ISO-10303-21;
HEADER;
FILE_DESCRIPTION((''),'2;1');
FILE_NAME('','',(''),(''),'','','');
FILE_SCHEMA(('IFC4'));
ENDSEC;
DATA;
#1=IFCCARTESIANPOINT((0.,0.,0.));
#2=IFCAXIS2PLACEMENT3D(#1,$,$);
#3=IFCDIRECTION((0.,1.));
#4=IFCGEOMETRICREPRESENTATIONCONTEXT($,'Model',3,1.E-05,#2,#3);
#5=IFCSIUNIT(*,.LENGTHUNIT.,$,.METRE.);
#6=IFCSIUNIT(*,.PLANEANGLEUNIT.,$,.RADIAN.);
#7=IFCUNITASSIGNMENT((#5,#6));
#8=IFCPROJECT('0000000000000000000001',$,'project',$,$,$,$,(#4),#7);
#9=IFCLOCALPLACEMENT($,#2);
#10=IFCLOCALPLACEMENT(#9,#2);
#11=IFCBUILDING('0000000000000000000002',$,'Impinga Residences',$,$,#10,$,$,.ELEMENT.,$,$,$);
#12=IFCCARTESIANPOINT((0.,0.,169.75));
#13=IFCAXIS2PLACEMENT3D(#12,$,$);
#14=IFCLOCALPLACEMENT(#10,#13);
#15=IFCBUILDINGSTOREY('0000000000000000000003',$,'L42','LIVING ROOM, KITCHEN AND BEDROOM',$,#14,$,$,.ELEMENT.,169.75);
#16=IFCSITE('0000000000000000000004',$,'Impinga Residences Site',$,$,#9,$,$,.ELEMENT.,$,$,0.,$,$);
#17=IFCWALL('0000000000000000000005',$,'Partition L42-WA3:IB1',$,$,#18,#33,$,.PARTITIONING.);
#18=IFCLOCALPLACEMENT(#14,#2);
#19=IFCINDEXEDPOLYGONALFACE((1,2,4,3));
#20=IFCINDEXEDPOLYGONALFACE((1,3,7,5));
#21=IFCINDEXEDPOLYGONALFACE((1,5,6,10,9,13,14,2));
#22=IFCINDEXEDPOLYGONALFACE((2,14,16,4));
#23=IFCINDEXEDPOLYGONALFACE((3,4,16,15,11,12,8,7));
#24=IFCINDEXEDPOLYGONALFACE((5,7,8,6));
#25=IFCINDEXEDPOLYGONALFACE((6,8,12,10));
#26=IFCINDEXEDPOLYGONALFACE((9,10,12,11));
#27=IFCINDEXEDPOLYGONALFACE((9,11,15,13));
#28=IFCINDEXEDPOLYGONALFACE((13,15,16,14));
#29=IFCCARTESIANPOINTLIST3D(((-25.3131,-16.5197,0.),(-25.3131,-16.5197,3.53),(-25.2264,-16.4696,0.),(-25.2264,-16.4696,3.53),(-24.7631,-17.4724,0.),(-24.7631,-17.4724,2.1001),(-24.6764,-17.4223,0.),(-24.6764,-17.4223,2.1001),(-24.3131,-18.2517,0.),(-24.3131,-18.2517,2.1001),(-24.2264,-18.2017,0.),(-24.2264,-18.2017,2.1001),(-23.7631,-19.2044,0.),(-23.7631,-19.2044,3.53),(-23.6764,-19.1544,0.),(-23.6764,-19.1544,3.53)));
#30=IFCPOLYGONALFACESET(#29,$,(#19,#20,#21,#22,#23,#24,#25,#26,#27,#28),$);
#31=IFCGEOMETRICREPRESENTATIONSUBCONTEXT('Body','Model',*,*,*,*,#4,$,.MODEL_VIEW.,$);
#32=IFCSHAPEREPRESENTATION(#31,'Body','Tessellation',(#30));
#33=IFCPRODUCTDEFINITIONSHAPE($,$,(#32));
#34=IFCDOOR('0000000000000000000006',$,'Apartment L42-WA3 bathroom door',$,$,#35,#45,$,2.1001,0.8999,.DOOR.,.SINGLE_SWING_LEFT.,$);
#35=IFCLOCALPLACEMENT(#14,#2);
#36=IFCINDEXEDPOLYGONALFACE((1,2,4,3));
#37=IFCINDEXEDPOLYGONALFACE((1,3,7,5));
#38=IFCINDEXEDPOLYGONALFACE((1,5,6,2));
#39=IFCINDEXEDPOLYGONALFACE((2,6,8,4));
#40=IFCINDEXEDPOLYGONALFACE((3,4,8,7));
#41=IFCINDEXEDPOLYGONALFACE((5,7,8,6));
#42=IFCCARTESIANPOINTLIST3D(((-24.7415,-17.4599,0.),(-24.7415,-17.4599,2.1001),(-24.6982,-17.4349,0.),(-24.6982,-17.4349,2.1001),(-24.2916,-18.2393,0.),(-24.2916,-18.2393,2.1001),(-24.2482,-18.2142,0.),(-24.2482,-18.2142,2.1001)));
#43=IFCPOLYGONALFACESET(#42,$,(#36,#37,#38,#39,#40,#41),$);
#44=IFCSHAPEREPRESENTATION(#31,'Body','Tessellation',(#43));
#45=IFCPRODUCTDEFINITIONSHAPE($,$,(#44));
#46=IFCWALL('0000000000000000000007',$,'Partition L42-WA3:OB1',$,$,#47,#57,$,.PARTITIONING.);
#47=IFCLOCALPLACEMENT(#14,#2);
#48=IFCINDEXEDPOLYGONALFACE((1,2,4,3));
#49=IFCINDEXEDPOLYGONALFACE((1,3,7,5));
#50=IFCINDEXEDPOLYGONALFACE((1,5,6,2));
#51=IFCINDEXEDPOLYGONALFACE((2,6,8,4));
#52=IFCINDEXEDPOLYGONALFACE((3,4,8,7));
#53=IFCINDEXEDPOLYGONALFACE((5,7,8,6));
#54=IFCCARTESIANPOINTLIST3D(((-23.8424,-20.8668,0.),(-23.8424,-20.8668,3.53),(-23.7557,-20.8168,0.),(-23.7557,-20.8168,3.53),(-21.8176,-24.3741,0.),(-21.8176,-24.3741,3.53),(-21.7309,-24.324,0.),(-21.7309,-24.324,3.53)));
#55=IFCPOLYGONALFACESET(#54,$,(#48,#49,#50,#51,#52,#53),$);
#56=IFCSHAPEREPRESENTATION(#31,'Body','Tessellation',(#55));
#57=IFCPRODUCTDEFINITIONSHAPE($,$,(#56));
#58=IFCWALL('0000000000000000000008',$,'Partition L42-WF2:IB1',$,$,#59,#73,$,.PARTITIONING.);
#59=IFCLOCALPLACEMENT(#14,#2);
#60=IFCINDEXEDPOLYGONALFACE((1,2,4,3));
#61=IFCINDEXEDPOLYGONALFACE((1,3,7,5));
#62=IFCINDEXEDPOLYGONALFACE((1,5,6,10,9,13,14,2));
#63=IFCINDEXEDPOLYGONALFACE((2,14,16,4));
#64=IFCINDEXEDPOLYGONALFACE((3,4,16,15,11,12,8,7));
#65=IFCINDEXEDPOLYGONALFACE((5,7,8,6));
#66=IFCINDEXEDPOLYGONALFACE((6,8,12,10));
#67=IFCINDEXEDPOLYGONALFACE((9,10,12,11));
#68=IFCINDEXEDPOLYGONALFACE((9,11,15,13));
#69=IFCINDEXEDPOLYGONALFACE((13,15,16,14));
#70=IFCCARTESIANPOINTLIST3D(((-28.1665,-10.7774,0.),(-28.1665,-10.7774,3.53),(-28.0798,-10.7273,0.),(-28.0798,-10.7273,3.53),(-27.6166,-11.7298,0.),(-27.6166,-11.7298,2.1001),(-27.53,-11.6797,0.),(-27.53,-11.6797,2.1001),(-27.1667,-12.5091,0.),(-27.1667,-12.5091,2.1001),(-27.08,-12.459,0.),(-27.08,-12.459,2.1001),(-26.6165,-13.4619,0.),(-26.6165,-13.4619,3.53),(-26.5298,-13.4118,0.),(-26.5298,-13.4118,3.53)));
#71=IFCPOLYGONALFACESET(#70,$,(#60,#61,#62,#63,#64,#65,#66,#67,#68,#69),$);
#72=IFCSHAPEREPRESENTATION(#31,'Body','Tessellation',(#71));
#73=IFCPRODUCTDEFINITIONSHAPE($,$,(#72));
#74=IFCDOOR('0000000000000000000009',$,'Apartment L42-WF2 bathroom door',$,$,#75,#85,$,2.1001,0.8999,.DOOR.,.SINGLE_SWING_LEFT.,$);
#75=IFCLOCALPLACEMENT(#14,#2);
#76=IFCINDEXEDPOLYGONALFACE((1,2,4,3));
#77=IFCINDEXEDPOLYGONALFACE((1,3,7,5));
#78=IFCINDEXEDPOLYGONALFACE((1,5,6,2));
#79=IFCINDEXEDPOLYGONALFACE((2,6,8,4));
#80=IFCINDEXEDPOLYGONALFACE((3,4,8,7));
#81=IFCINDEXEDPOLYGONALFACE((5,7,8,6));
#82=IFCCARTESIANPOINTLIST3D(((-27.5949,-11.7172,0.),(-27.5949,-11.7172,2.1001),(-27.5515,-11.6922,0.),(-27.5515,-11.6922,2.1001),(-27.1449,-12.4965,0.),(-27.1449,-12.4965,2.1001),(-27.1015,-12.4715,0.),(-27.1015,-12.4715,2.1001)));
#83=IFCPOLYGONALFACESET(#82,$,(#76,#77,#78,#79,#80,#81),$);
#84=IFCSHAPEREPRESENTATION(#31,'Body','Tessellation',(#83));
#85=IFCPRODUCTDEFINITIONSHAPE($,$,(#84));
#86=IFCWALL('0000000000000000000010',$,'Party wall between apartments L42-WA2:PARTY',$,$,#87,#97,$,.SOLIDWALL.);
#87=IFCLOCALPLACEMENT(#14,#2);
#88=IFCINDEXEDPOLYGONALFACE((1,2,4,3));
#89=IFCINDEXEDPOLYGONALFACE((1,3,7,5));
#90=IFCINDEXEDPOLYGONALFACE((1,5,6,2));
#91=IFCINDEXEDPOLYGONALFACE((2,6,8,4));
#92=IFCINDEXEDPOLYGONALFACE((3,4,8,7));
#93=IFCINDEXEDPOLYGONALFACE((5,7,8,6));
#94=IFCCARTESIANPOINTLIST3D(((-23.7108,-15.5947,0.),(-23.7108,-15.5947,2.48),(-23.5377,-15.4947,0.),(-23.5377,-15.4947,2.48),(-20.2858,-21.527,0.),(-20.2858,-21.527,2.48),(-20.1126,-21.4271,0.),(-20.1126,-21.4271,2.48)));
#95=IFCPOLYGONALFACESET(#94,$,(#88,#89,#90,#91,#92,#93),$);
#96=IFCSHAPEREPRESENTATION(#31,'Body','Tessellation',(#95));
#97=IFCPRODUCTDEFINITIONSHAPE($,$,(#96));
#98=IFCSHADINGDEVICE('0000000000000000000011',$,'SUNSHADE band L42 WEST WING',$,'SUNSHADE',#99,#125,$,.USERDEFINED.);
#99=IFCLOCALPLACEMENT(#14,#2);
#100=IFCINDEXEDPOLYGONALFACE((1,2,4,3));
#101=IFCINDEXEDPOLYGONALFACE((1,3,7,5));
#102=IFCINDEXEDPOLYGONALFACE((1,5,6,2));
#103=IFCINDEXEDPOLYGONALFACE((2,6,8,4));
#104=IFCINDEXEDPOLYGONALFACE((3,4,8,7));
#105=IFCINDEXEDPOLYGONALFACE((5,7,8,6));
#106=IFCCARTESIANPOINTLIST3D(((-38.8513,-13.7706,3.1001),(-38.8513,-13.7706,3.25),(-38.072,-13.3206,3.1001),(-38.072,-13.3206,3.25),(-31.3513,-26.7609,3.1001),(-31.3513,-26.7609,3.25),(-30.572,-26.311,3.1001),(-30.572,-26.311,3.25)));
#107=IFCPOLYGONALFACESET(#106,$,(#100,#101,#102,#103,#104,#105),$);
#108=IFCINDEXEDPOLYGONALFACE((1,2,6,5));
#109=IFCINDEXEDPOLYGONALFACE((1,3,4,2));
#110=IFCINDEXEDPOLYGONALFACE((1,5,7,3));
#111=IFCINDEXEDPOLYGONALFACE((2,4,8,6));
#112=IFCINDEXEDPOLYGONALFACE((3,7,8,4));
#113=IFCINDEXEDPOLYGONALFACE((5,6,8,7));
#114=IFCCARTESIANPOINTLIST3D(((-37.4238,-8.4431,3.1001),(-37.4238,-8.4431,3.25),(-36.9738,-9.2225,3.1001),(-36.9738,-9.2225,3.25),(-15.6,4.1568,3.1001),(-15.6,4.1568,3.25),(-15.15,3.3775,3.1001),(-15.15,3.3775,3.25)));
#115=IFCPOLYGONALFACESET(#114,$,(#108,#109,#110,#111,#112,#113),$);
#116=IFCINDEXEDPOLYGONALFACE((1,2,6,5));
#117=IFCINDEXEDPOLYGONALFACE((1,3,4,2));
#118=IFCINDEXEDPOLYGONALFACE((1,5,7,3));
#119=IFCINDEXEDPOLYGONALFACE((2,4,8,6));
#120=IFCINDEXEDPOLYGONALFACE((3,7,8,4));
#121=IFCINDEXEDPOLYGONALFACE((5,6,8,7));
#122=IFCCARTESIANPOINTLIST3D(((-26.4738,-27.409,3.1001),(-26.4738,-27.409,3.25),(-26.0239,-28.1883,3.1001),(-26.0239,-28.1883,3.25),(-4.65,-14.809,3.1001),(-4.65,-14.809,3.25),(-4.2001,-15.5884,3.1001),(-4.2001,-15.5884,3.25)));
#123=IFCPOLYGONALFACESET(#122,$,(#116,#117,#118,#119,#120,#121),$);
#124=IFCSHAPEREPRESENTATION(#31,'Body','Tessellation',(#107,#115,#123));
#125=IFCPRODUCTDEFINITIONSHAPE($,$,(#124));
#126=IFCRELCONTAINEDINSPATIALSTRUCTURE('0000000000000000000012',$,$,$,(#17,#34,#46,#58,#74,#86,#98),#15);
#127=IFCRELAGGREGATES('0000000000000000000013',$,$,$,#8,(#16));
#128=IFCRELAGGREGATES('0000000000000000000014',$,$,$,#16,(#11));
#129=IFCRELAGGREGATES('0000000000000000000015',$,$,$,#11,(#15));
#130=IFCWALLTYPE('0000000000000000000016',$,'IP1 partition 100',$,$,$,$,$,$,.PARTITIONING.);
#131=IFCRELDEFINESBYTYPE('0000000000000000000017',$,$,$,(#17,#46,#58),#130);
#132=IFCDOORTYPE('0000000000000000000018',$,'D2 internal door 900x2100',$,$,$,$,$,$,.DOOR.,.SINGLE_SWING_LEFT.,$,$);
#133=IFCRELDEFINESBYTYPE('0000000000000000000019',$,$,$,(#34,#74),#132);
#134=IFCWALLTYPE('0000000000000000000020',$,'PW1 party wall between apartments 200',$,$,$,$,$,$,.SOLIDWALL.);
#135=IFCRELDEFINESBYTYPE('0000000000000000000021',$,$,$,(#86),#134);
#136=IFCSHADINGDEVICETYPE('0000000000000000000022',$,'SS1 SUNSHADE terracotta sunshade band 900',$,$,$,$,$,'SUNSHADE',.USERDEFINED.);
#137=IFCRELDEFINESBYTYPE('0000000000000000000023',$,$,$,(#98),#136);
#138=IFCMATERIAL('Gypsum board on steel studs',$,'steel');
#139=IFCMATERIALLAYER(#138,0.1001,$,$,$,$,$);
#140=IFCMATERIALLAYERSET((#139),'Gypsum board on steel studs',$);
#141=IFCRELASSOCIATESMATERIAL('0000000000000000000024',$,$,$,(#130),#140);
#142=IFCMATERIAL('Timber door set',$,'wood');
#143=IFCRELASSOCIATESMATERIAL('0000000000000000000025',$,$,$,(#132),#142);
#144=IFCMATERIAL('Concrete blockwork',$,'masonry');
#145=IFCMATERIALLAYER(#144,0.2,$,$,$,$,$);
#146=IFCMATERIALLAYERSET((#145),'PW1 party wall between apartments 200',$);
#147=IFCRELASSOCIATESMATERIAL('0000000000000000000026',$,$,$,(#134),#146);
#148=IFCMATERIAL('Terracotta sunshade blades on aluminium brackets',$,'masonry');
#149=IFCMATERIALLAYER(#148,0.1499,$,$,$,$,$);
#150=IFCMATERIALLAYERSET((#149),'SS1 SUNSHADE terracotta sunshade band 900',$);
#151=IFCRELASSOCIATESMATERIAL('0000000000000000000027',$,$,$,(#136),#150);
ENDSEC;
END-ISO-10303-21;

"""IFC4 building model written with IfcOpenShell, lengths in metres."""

from ifc_helpers import new_model, si_unit, direction, frame, frame_2d, origin, origin_2d, place, context, subcontext, project, spatial, rectangle, extrude, material, layer, layer_set, type_object, element, fill, save


model = new_model("IFC4")

# Units and contexts
model_context = context("Model", 3, precision=1e-05, world=origin(), true_north=direction((0.0, 1.0)))
body_context = subcontext(model_context, "Body", "Model", "MODEL_VIEW")
ifc_project = project(units=[si_unit("LENGTHUNIT", "METRE"), si_unit("PLANEANGLEUNIT", "RADIAN")], contexts=[model_context])

# Site, building, storey
site_placement = place(None, origin())
site = spatial("IfcSite", under=ifc_project, at=site_placement, Name="Impinga Residences Site", CompositionType="ELEMENT", RefElevation=0.0)
building_placement = place(site_placement, origin())
building = spatial("IfcBuilding", under=site, at=building_placement, Name="Impinga Residences", CompositionType="ELEMENT")
storey_placement = place(building_placement, frame((0.0, 0.0, 169.75)))
storey = spatial("IfcBuildingStorey", under=building, at=storey_placement, Name="L42", Description="LIVING ROOM, KITCHEN AND BEDROOM", CompositionType="ELEMENT", Elevation=169.75)

# Shared definitions
ifc_material_1 = material(Name="Gypsum board on steel studs", Category="steel")
ifc_layer_1 = layer(ifc_material_1, 0.1001)
ifc_layer_set_1 = layer_set([ifc_layer_1], Name="Gypsum board on steel studs")
wall_type_1 = type_object("IfcWallType", Name="IP1 partition 100", PredefinedType="PARTITIONING", material=ifc_layer_set_1)

# Wall, opening, door
wall_1_placement = place(storey_placement, frame((-25.2698, -16.4946, 0.0), z_axis=(0.0, 0.0, 1.0), x_axis=(0.499993, -0.86603, 0.0)))
wall_1 = element("IfcWall", 1, at=wall_1_placement, inside=storey, type_object=wall_type_1, Name="Partition L42-WA3:IB1", PredefinedType="PARTITIONING", context=body_context, shape_type="SweptSolid", body=[
    extrude(rectangle(XDim=3.1001, YDim=0.1001, at=frame_2d((1.55, 0.0))), origin(), (0.0, 0.0, 1.0), 3.53),
])
opening_1_placement = place(wall_1_placement, frame((1.1001, 0.0, 0.0)))
opening_1 = element("IfcOpeningElement", 2, at=opening_1_placement, cuts=wall_1, PredefinedType="OPENING", context=body_context, shape_type="SweptSolid", body=[
    extrude(rectangle(XDim=0.8999, YDim=2.1001, at=frame_2d((0.45, 1.05))), frame((0.0, 0.0601, 0.0), z_axis=(0.0, -1.0, 0.0), x_axis=(1.0, 0.0, 0.0)), (0.0, 0.0, 1.0), 0.1201),
])
ifc_material_2 = material(Name="Timber door set", Category="wood")
door_type = type_object("IfcDoorType", Name="D2 internal door 900x2100", OperationType="SINGLE_SWING_LEFT", PredefinedType="DOOR", material=ifc_material_2)
door_1_placement = place(opening_1_placement, origin())
door_1 = element("IfcDoor", 3, at=door_1_placement, inside=storey, type_object=door_type, Name="Apartment L42-WA3 bathroom door", OperationType="SINGLE_SWING_LEFT", OverallHeight=2.1001, OverallWidth=0.8999, PredefinedType="DOOR", context=body_context, shape_type="SweptSolid", body=[
    extrude(rectangle(XDim=0.8999, YDim=2.1001, at=frame_2d((0.45, 1.05))), frame((0.0, 0.0249, 0.0), z_axis=(0.0, -1.0, 0.0), x_axis=(1.0, 0.0, 0.0)), (0.0, 0.0, 1.0), 0.05),
])
fill(opening_1, door_1)

# Wall
wall_2_placement = place(storey_placement, frame((-23.7991, -20.8418, 0.0), z_axis=(0.0, 0.0, 1.0), x_axis=(0.49999, -0.866031, 0.0)))
element("IfcWall", 4, at=wall_2_placement, inside=storey, type_object=wall_type_1, Name="Partition L42-WA3:OB1", PredefinedType="PARTITIONING", context=body_context, shape_type="SweptSolid", body=[
    extrude(rectangle(XDim=4.0498, YDim=0.1001, at=frame_2d((2.0249, 0.0))), origin(), (0.0, 0.0, 1.0), 3.53),
])

# Wall, opening, door
wall_3_placement = place(storey_placement, frame((-26.5732, -13.4368, 0.0), z_axis=(0.0, 0.0, 1.0), x_axis=(-0.500027, 0.86601, 0.0)))
wall_3 = element("IfcWall", 5, at=wall_3_placement, inside=storey, type_object=wall_type_1, Name="Partition L42-WF2:IB1", PredefinedType="PARTITIONING", context=body_context, shape_type="SweptSolid", body=[
    extrude(rectangle(XDim=3.0999, YDim=0.1001, at=frame_2d((1.5498, 0.0))), origin(), (0.0, 0.0, 1.0), 3.53),
])
opening_2_placement = place(wall_3_placement, frame((1.1001, 0.0, 0.0)))
opening_2 = element("IfcOpeningElement", 6, at=opening_2_placement, cuts=wall_3, PredefinedType="OPENING", context=body_context, shape_type="SweptSolid", body=[
    extrude(rectangle(XDim=0.8999, YDim=2.1001, at=frame_2d((0.45, 1.05))), frame((0.0, 0.0601, 0.0), z_axis=(0.0, -1.0, 0.0), x_axis=(1.0, 0.0, 0.0)), (0.0, 0.0, 1.0), 0.1201),
])
door_2_placement = place(opening_2_placement, origin())
door_2 = element("IfcDoor", 7, at=door_2_placement, inside=storey, type_object=door_type, Name="Apartment L42-WF2 bathroom door", OperationType="SINGLE_SWING_LEFT", OverallHeight=2.1001, OverallWidth=0.8999, PredefinedType="DOOR", context=body_context, shape_type="SweptSolid", body=[
    extrude(rectangle(XDim=0.8999, YDim=2.1001, at=frame_2d((0.45, 1.05))), frame((0.0, 0.0249, 0.0), z_axis=(0.0, -1.0, 0.0), x_axis=(1.0, 0.0, 0.0)), (0.0, 0.0, 1.0), 0.05),
])
fill(opening_2, door_2)

# Wall
ifc_material_3 = material(Name="Concrete blockwork", Category="masonry")
ifc_layer_2 = layer(ifc_material_3, 0.2)
ifc_layer_set_2 = layer_set([ifc_layer_2], Name="PW1 party wall between apartments 200")
wall_type_2 = type_object("IfcWallType", Name="PW1 party wall between apartments 200", PredefinedType="SOLIDWALL", material=ifc_layer_set_2)
wall_4_placement = place(storey_placement, frame((-23.6243, -15.5447, 0.0), z_axis=(0.0, 0.0, 1.0), x_axis=(0.499999, -0.866026, 0.0)))
element("IfcWall", 8, at=wall_4_placement, inside=storey, type_object=wall_type_2, Name="Party wall between apartments L42-WA2:PARTY", PredefinedType="SOLIDWALL", context=body_context, shape_type="SweptSolid", body=[
    extrude(rectangle(XDim=6.8501, YDim=0.2, at=frame_2d((3.425, 0.0))), origin(), (0.0, 0.0, 1.0), 2.48),
])

# Shading device
ifc_material_4 = material(Name="Terracotta sunshade blades on aluminium brackets", Category="masonry")
ifc_layer_3 = layer(ifc_material_4, 0.1499)
ifc_layer_set_3 = layer_set([ifc_layer_3], Name="SS1 SUNSHADE terracotta sunshade band 900")
shading_device_type = type_object("IfcShadingDeviceType", Name="SS1 SUNSHADE terracotta sunshade band 900", ElementType="SUNSHADE", PredefinedType="USERDEFINED", material=ifc_layer_set_3)
shading_device_placement = place(storey_placement, frame((-34.7117, -20.0408, 3.1001), z_axis=(0.0, 0.0, 1.0), x_axis=(-0.5, 0.866025, 0.0)))
element("IfcShadingDevice", 9, at=shading_device_placement, inside=storey, type_object=shading_device_type, Name="SUNSHADE band L42 WEST WING", ObjectType="SUNSHADE", PredefinedType="USERDEFINED", context=body_context, shape_type="SweptSolid", body=[
    extrude(rectangle(XDim=15.0, YDim=0.8999, at=origin_2d()), origin(), (0.0, 0.0, 1.0), 0.1499),
    extrude(rectangle(XDim=25.2, YDim=0.8999, at=origin_2d()), frame((10.95, -16.05, 0.0), z_axis=(0.0, 0.0, 1.0), x_axis=(0.0, -1.0, 0.0)), (0.0, 0.0, 1.0), 0.1499),
    extrude(rectangle(XDim=25.2, YDim=0.8999, at=origin_2d()), frame((-10.95, -16.05, 0.0), z_axis=(0.0, 0.0, 1.0), x_axis=(0.0, 1.0, 0.0)), (0.0, 0.0, 1.0), 0.1499),
])

save(model, "model.ifc")
